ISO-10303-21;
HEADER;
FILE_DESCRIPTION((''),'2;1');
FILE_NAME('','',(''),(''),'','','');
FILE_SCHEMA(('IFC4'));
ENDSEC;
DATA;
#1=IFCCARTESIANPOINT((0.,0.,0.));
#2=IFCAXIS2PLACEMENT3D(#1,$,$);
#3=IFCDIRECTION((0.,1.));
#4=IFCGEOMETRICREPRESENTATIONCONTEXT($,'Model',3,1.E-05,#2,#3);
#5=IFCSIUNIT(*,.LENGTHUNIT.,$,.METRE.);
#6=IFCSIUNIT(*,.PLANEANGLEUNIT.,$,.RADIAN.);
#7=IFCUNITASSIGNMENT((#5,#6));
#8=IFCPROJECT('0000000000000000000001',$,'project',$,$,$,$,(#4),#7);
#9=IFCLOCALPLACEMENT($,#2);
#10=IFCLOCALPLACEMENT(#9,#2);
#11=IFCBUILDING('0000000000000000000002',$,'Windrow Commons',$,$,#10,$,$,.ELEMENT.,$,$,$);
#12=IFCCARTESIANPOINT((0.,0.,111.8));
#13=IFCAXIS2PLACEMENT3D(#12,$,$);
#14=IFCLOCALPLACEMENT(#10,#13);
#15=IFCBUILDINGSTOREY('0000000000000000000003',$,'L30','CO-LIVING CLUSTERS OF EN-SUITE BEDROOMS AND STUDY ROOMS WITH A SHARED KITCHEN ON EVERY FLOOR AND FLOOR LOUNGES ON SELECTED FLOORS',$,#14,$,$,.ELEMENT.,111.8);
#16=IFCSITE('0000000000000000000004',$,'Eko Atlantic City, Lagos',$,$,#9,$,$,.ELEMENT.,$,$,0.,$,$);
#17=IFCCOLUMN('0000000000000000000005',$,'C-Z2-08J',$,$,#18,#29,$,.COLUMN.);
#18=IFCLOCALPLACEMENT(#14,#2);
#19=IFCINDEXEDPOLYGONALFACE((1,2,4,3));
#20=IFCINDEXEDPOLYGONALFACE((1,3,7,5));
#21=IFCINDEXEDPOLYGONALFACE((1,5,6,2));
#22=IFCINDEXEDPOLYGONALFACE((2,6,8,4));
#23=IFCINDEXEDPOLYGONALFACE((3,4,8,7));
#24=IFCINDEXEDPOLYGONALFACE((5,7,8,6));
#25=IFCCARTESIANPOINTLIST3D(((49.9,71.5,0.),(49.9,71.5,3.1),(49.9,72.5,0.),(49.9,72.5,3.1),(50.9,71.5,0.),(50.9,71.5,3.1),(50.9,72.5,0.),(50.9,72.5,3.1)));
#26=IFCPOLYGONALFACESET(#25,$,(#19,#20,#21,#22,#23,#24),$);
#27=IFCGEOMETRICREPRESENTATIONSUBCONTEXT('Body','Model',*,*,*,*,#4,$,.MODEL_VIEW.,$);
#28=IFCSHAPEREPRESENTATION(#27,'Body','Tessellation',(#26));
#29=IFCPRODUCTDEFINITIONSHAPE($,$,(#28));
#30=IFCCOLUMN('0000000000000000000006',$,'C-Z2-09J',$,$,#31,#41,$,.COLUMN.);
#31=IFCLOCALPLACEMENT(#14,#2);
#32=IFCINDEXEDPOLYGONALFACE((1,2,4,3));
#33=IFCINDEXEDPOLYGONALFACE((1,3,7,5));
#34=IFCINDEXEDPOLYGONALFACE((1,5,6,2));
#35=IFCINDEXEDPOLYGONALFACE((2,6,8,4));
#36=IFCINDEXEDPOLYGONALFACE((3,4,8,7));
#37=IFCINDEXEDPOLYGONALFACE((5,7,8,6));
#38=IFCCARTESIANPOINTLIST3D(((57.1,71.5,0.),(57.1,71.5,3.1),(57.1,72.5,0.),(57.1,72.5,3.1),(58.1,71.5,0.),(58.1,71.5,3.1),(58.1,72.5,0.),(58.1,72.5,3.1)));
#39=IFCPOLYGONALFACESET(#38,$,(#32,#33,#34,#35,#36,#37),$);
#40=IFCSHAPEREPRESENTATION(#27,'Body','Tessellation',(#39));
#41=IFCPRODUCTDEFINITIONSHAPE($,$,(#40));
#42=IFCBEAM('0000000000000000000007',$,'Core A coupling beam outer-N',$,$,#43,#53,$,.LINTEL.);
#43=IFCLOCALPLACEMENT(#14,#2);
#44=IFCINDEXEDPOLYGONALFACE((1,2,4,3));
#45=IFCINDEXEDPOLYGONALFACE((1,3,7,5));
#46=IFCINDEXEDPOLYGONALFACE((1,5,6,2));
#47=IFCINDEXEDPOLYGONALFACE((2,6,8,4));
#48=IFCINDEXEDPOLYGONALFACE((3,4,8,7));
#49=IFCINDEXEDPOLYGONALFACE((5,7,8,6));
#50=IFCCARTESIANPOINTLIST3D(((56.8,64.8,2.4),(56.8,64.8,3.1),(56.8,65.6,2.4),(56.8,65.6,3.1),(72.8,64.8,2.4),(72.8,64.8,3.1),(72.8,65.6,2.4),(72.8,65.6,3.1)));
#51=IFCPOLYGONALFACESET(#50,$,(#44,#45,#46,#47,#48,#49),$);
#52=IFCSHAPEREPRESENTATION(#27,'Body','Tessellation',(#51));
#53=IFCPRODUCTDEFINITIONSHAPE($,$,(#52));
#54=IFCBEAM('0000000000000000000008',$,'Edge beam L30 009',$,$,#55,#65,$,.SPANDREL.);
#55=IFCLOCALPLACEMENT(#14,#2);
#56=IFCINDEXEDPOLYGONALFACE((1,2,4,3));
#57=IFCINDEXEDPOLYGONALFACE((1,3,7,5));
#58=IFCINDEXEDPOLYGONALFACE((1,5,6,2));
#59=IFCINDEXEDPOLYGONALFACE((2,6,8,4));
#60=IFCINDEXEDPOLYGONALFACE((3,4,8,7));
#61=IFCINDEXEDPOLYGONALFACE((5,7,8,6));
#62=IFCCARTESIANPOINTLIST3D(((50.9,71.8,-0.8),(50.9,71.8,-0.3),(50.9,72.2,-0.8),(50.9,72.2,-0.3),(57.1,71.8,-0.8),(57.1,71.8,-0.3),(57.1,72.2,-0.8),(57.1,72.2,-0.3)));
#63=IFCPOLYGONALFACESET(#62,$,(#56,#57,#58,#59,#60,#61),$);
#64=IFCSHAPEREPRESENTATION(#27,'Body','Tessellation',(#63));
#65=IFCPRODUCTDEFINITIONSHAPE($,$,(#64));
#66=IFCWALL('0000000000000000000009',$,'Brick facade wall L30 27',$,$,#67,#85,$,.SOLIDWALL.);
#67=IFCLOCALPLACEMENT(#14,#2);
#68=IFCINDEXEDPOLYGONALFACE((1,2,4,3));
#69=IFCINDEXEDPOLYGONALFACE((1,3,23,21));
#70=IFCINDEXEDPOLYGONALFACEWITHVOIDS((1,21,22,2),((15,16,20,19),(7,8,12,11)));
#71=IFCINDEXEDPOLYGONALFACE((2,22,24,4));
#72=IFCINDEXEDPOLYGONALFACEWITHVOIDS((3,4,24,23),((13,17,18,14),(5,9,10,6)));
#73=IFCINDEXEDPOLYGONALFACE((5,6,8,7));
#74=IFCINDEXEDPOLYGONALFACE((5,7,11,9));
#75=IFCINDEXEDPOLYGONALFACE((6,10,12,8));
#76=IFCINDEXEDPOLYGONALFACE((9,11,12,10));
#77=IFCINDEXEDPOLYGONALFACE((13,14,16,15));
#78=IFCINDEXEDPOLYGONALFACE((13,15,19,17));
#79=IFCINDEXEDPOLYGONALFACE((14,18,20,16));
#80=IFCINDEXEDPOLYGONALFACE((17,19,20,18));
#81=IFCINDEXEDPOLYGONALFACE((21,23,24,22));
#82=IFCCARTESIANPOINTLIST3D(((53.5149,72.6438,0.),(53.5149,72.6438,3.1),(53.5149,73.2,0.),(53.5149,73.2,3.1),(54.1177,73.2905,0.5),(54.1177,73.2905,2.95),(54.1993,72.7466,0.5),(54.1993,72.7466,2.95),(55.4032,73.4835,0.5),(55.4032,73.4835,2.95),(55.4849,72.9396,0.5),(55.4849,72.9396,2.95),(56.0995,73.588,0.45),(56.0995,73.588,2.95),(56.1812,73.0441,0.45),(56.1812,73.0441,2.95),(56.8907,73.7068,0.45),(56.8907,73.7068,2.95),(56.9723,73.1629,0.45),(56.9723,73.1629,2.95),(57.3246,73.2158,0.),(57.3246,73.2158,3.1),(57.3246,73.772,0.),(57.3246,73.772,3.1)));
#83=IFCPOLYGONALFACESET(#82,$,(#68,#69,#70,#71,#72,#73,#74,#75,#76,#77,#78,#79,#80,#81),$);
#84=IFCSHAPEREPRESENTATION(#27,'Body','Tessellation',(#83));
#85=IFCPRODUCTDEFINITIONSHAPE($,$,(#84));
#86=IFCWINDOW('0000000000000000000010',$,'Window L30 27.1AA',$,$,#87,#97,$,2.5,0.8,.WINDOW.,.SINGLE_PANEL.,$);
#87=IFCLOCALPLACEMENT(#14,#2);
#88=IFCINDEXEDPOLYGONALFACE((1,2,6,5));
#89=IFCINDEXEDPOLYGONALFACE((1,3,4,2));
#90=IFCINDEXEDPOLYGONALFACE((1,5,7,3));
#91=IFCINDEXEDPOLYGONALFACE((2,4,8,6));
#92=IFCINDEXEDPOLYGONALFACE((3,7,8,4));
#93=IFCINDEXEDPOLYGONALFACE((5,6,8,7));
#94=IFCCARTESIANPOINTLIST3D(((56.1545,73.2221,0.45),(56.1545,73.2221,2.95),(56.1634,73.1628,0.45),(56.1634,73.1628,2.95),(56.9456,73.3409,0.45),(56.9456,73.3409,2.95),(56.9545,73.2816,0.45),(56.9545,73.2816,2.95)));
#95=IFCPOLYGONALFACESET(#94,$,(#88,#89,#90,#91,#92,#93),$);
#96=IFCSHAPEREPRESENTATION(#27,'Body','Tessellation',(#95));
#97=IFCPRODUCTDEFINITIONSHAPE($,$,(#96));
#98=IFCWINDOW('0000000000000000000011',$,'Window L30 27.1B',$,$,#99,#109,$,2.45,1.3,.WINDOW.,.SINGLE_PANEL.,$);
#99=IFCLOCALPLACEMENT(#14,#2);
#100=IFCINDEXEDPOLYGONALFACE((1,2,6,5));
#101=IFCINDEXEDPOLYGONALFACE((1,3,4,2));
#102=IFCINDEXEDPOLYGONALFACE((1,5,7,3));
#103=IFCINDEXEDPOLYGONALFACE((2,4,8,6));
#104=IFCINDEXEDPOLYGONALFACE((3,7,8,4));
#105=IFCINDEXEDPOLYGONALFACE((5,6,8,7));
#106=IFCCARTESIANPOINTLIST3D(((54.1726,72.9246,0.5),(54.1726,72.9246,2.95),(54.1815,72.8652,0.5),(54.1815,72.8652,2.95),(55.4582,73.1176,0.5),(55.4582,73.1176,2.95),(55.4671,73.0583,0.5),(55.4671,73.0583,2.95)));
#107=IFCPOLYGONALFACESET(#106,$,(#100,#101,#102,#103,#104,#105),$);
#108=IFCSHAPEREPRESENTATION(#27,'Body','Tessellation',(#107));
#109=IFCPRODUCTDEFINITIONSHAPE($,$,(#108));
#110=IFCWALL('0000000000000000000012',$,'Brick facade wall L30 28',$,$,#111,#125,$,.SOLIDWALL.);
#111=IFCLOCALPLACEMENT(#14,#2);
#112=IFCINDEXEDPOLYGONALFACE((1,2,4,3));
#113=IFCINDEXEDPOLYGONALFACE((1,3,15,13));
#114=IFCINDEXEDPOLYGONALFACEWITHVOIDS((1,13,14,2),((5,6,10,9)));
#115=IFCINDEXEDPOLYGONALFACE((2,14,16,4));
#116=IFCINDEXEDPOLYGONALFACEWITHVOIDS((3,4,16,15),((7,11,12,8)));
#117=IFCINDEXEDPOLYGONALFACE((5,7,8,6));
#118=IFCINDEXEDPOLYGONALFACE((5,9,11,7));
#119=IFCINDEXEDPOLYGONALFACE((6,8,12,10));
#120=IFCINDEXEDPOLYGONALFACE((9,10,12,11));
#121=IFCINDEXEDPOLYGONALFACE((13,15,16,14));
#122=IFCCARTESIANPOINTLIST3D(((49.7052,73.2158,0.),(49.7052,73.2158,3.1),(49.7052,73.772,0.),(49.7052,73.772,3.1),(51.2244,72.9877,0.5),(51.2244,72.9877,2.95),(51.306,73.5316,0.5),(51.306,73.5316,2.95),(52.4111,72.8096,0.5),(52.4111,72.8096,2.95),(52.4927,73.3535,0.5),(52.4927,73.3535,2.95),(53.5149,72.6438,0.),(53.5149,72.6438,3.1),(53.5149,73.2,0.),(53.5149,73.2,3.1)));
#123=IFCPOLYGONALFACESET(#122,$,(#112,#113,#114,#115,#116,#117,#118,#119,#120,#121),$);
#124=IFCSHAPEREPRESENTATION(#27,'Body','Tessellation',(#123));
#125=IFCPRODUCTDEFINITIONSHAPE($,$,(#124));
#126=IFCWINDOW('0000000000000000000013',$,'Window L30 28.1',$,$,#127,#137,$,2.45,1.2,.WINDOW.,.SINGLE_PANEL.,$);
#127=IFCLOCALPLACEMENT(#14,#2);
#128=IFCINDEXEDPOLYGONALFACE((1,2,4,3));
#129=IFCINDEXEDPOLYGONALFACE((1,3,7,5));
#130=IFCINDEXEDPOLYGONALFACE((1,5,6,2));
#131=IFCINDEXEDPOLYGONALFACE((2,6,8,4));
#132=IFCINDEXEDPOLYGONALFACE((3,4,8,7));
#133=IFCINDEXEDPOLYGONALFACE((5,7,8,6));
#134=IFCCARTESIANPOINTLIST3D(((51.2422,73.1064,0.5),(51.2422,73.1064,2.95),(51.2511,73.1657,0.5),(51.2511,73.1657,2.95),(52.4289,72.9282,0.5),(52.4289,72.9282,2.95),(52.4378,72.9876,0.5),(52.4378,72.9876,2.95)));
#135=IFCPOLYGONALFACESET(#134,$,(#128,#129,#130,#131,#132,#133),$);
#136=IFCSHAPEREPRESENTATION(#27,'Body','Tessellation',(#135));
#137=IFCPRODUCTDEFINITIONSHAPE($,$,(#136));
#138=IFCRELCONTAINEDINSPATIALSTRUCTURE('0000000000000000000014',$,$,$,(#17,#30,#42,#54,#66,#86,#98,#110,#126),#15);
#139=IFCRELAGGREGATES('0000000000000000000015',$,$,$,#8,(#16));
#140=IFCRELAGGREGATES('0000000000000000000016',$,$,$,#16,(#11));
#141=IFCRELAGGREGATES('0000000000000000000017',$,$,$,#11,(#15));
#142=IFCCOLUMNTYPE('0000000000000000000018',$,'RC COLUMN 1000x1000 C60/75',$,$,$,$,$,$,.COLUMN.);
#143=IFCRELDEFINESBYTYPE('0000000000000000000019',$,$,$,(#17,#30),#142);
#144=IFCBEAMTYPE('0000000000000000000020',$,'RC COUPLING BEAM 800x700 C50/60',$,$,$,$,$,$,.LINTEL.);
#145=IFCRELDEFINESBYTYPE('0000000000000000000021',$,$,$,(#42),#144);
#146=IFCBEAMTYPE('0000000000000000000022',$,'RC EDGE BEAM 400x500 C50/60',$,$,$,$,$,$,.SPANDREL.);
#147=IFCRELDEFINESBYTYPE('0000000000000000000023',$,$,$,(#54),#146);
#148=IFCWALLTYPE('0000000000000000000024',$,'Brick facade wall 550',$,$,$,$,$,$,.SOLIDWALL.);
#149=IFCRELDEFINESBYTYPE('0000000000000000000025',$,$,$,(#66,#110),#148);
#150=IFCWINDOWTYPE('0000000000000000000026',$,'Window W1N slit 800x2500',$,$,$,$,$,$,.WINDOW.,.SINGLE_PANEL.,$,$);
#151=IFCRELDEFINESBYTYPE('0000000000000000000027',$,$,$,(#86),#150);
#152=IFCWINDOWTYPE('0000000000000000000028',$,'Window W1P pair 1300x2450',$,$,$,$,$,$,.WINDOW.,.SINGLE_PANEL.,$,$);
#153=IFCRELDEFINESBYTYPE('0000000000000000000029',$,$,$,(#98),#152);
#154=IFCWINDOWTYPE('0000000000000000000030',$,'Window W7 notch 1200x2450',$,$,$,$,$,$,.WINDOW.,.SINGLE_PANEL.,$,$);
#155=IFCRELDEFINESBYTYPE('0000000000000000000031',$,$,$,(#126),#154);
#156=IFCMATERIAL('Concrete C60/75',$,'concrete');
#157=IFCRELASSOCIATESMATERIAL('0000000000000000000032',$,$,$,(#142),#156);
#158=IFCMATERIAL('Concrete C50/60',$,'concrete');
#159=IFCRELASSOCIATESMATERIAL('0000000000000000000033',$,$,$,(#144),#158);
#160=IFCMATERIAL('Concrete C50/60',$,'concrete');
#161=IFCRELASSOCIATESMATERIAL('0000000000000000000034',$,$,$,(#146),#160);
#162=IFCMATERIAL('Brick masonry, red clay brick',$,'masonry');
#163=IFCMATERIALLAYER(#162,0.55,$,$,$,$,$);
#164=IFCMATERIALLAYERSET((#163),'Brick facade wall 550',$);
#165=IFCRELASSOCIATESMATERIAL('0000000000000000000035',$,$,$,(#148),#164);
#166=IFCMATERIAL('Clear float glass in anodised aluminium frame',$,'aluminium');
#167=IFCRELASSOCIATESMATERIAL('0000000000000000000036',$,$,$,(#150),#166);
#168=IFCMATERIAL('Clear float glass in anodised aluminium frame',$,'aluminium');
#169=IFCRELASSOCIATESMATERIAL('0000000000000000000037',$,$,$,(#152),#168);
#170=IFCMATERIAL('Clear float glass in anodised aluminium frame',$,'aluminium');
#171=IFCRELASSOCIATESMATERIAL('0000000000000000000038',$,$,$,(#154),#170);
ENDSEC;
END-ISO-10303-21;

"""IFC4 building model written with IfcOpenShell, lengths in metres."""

from ifc_helpers import new_model, si_unit, direction, frame, frame_2d, origin, origin_2d, place, context, subcontext, project, spatial, polyline, rectangle, outline, extrude, material, layer, layer_set, material_profile, profile_set, type_object, element, fill, save


model = new_model("IFC4")

# Units and contexts
model_context = context("Model", 3, precision=1e-05, world=origin(), true_north=direction((0.0, 1.0)))
body_context = subcontext(model_context, "Body", "Model", "MODEL_VIEW")
ifc_project = project(units=[si_unit("LENGTHUNIT", "METRE"), si_unit("PLANEANGLEUNIT", "RADIAN")], contexts=[model_context])

# Site, building, storey
site_placement = place(None, origin())
site = spatial("IfcSite", under=ifc_project, at=site_placement, Name="Eko Atlantic City, Lagos", CompositionType="ELEMENT", RefElevation=0.0)
building_placement = place(site_placement, origin())
building = spatial("IfcBuilding", under=site, at=building_placement, Name="Windrow Commons", CompositionType="ELEMENT")
storey_placement = place(building_placement, frame((0.0, 0.0, 111.8)))
storey = spatial("IfcBuildingStorey", under=building, at=storey_placement, Name="L30", Description="CO-LIVING CLUSTERS OF EN-SUITE BEDROOMS AND STUDY ROOMS WITH A SHARED KITCHEN ON EVERY FLOOR AND FLOOR LOUNGES ON SELECTED FLOORS", CompositionType="ELEMENT", Elevation=111.8)

# Columns
ifc_material_1 = material(Name="Concrete C60/75", Category="concrete")
ifc_material_profile_1 = material_profile(ifc_material_1, rectangle(XDim=1.0, YDim=1.0, at=origin_2d()))
ifc_profile_set_1 = profile_set([ifc_material_profile_1], Name="Concrete C60/75")
column_type = type_object("IfcColumnType", Name="RC COLUMN 1000x1000 C60/75", PredefinedType="COLUMN", material=ifc_profile_set_1)
for number, where, z_axis, x_axis, name in (
    (1, (50.4, 72.0, 0.0), (0.0, 0.0, 1.0), (1.0, 0.0, 0.0), "C-Z2-08J"),
    (2, (57.6, 72.0, 0.0), (0.0, 0.0, 1.0), (1.0, 0.0, 0.0), "C-Z2-09J"),
):
    element("IfcColumn", number, at=place(storey_placement, frame(where, z_axis=z_axis, x_axis=x_axis)), inside=storey, type_object=column_type, Name=name, PredefinedType="COLUMN", context=body_context, shape_type="SweptSolid", body=[
        extrude(rectangle(XDim=1.0, YDim=1.0, at=origin_2d()), origin(), (0.0, 0.0, 1.0), 3.1),
    ])

# Beams
ifc_material_2 = material(Name="Concrete C50/60", Category="concrete")
ifc_material_profile_2 = material_profile(ifc_material_2, rectangle(XDim=0.8, YDim=0.7, at=origin_2d()))
ifc_profile_set_2 = profile_set([ifc_material_profile_2], Name="Concrete C50/60")
beam_type_1 = type_object("IfcBeamType", Name="RC COUPLING BEAM 800x700 C50/60", PredefinedType="LINTEL", material=ifc_profile_set_2)
beam_1_placement = place(storey_placement, frame((56.8, 65.2, 2.75), z_axis=(1.0, 0.0, 0.0), x_axis=(0.0, 1.0, 0.0)))
element("IfcBeam", 3, at=beam_1_placement, inside=storey, type_object=beam_type_1, Name="Core A coupling beam outer-N", PredefinedType="LINTEL", context=body_context, shape_type="SweptSolid", body=[
    extrude(rectangle(XDim=0.8, YDim=0.7, at=origin_2d()), origin(), (0.0, 0.0, 1.0), 16.0),
])
ifc_material_3 = material(Name="Concrete C50/60", Category="concrete")
ifc_material_profile_3 = material_profile(ifc_material_3, rectangle(XDim=0.4, YDim=0.5, at=origin_2d()))
ifc_profile_set_3 = profile_set([ifc_material_profile_3], Name="Concrete C50/60")
beam_type_2 = type_object("IfcBeamType", Name="RC EDGE BEAM 400x500 C50/60", PredefinedType="SPANDREL", material=ifc_profile_set_3)
beam_2_placement = place(storey_placement, frame((50.9, 72.0, -0.55), z_axis=(1.0, 0.0, 0.0), x_axis=(0.0, 1.0, 0.0)))
element("IfcBeam", 4, at=beam_2_placement, inside=storey, type_object=beam_type_2, Name="Edge beam L30 009", PredefinedType="SPANDREL", context=body_context, shape_type="SweptSolid", body=[
    extrude(rectangle(XDim=0.4, YDim=0.5, at=origin_2d()), origin(), (0.0, 0.0, 1.0), 6.2),
])

# Wall, openings, windows
ifc_material_4 = material(Name="Brick masonry, red clay brick", Category="masonry")
ifc_layer_1 = layer(ifc_material_4, 0.55)
ifc_layer_set_1 = layer_set([ifc_layer_1], Name="Brick facade wall 550")
wall_type_1 = type_object("IfcWallType", Name="Brick facade wall 550", PredefinedType="SOLIDWALL", material=ifc_layer_set_1)
wall_1_placement = place(storey_placement, frame((57.3246, 73.4939, 0.0), z_axis=(0.0, 0.0, 1.0), x_axis=(-0.988916, -0.148479, 0.0)))
wall_1 = element("IfcWall", 5, at=wall_1_placement, inside=storey, type_object=wall_type_1, Name="Brick facade wall L30 27", PredefinedType="SOLIDWALL", context=body_context, shape_type="SweptSolid", body=[
    extrude(outline(polyline([(-0.0413, -0.275), (3.8111, -0.275), (3.8937, 0.275), (0.0413, 0.275), (-0.0413, -0.275)])), origin(), (0.0, 0.0, 1.0), 3.1),
])
opening_1_placement = place(wall_1_placement, frame((1.9016, 0.0, 0.5)))
opening_1 = element("IfcOpeningElement", 6, at=opening_1_placement, cuts=wall_1, PredefinedType="OPENING", context=body_context, shape_type="SweptSolid", body=[
    extrude(rectangle(XDim=1.3, YDim=2.45, at=frame_2d((0.65, 1.225))), frame((0.0, 0.285, 0.0), z_axis=(0.0, -1.0, 0.0), x_axis=(1.0, 0.0, 0.0)), (0.0, 0.0, 1.0), 0.57),
])
opening_2_placement = place(wall_1_placement, frame((0.3975, 0.0, 0.45)))
opening_2 = element("IfcOpeningElement", 7, at=opening_2_placement, cuts=wall_1, PredefinedType="OPENING", context=body_context, shape_type="SweptSolid", body=[
    extrude(rectangle(XDim=0.8, YDim=2.5, at=frame_2d((0.4, 1.25))), frame((0.0, 0.285, 0.0), z_axis=(0.0, -1.0, 0.0), x_axis=(1.0, 0.0, 0.0)), (0.0, 0.0, 1.0), 0.57),
])
ifc_material_5 = material(Name="Clear float glass in anodised aluminium frame", Category="aluminium")
window_type_1 = type_object("IfcWindowType", Name="Window W1N slit 800x2500", PartitioningType="SINGLE_PANEL", PredefinedType="WINDOW", material=ifc_material_5)
window_1_placement = place(opening_2_placement, origin())
window_1 = element("IfcWindow", 8, at=window_1_placement, inside=storey, type_object=window_type_1, Name="Window L30 27.1AA", OverallHeight=2.5, OverallWidth=0.8, PartitioningType="SINGLE_PANEL", PredefinedType="WINDOW", context=body_context, shape_type="SweptSolid", body=[
    extrude(rectangle(XDim=0.8, YDim=2.5, at=frame_2d((0.4, 1.25))), frame((0.0, 0.155, 0.0), z_axis=(0.0, -1.0, 0.0), x_axis=(1.0, 0.0, 0.0)), (0.0, 0.0, 1.0), 0.06),
])
fill(opening_2, window_1)
ifc_material_6 = material(Name="Clear float glass in anodised aluminium frame", Category="aluminium")
window_type_2 = type_object("IfcWindowType", Name="Window W1P pair 1300x2450", PartitioningType="SINGLE_PANEL", PredefinedType="WINDOW", material=ifc_material_6)
window_2_placement = place(opening_1_placement, origin())
window_2 = element("IfcWindow", 9, at=window_2_placement, inside=storey, type_object=window_type_2, Name="Window L30 27.1B", OverallHeight=2.45, OverallWidth=1.3, PartitioningType="SINGLE_PANEL", PredefinedType="WINDOW", context=body_context, shape_type="SweptSolid", body=[
    extrude(rectangle(XDim=1.3, YDim=2.45, at=frame_2d((0.65, 1.225))), frame((0.0, 0.155, 0.0), z_axis=(0.0, -1.0, 0.0), x_axis=(1.0, 0.0, 0.0)), (0.0, 0.0, 1.0), 0.06),
])
fill(opening_1, window_2)

# Wall, opening, window
wall_2_placement = place(storey_placement, frame((53.5149, 72.9219, 0.0), z_axis=(0.0, 0.0, 1.0), x_axis=(-0.988915, 0.148483, 0.0)))
wall_2 = element("IfcWall", 10, at=wall_2_placement, inside=storey, type_object=wall_type_1, Name="Brick facade wall L30 28", PredefinedType="SOLIDWALL", context=body_context, shape_type="SweptSolid", body=[
    extrude(outline(polyline([(0.0413, -0.275), (3.8937, -0.275), (3.8111, 0.275), (-0.0413, 0.275), (0.0413, -0.275)])), origin(), (0.0, 0.0, 1.0), 3.1),
])
opening_3_placement = place(wall_2_placement, frame((1.0749, 0.0, 0.5)))
opening_3 = element("IfcOpeningElement", 11, at=opening_3_placement, cuts=wall_2, PredefinedType="OPENING", context=body_context, shape_type="SweptSolid", body=[
    extrude(rectangle(XDim=1.2, YDim=2.45, at=frame_2d((0.6, 1.225))), frame((0.0, 0.285, 0.0), z_axis=(0.0, -1.0, 0.0), x_axis=(1.0, 0.0, 0.0)), (0.0, 0.0, 1.0), 0.57),
])
ifc_material_7 = material(Name="Clear float glass in anodised aluminium frame", Category="aluminium")
window_type_3 = type_object("IfcWindowType", Name="Window W7 notch 1200x2450", PartitioningType="SINGLE_PANEL", PredefinedType="WINDOW", material=ifc_material_7)
window_3_placement = place(opening_3_placement, origin())
window_3 = element("IfcWindow", 12, at=window_3_placement, inside=storey, type_object=window_type_3, Name="Window L30 28.1", OverallHeight=2.45, OverallWidth=1.2, PartitioningType="SINGLE_PANEL", PredefinedType="WINDOW", context=body_context, shape_type="SweptSolid", body=[
    extrude(rectangle(XDim=1.2, YDim=2.45, at=frame_2d((0.6, 1.225))), frame((0.0, 0.155, 0.0), z_axis=(0.0, -1.0, 0.0), x_axis=(1.0, 0.0, 0.0)), (0.0, 0.0, 1.0), 0.06),
])
fill(opening_3, window_3)

save(model, "model.ifc")
